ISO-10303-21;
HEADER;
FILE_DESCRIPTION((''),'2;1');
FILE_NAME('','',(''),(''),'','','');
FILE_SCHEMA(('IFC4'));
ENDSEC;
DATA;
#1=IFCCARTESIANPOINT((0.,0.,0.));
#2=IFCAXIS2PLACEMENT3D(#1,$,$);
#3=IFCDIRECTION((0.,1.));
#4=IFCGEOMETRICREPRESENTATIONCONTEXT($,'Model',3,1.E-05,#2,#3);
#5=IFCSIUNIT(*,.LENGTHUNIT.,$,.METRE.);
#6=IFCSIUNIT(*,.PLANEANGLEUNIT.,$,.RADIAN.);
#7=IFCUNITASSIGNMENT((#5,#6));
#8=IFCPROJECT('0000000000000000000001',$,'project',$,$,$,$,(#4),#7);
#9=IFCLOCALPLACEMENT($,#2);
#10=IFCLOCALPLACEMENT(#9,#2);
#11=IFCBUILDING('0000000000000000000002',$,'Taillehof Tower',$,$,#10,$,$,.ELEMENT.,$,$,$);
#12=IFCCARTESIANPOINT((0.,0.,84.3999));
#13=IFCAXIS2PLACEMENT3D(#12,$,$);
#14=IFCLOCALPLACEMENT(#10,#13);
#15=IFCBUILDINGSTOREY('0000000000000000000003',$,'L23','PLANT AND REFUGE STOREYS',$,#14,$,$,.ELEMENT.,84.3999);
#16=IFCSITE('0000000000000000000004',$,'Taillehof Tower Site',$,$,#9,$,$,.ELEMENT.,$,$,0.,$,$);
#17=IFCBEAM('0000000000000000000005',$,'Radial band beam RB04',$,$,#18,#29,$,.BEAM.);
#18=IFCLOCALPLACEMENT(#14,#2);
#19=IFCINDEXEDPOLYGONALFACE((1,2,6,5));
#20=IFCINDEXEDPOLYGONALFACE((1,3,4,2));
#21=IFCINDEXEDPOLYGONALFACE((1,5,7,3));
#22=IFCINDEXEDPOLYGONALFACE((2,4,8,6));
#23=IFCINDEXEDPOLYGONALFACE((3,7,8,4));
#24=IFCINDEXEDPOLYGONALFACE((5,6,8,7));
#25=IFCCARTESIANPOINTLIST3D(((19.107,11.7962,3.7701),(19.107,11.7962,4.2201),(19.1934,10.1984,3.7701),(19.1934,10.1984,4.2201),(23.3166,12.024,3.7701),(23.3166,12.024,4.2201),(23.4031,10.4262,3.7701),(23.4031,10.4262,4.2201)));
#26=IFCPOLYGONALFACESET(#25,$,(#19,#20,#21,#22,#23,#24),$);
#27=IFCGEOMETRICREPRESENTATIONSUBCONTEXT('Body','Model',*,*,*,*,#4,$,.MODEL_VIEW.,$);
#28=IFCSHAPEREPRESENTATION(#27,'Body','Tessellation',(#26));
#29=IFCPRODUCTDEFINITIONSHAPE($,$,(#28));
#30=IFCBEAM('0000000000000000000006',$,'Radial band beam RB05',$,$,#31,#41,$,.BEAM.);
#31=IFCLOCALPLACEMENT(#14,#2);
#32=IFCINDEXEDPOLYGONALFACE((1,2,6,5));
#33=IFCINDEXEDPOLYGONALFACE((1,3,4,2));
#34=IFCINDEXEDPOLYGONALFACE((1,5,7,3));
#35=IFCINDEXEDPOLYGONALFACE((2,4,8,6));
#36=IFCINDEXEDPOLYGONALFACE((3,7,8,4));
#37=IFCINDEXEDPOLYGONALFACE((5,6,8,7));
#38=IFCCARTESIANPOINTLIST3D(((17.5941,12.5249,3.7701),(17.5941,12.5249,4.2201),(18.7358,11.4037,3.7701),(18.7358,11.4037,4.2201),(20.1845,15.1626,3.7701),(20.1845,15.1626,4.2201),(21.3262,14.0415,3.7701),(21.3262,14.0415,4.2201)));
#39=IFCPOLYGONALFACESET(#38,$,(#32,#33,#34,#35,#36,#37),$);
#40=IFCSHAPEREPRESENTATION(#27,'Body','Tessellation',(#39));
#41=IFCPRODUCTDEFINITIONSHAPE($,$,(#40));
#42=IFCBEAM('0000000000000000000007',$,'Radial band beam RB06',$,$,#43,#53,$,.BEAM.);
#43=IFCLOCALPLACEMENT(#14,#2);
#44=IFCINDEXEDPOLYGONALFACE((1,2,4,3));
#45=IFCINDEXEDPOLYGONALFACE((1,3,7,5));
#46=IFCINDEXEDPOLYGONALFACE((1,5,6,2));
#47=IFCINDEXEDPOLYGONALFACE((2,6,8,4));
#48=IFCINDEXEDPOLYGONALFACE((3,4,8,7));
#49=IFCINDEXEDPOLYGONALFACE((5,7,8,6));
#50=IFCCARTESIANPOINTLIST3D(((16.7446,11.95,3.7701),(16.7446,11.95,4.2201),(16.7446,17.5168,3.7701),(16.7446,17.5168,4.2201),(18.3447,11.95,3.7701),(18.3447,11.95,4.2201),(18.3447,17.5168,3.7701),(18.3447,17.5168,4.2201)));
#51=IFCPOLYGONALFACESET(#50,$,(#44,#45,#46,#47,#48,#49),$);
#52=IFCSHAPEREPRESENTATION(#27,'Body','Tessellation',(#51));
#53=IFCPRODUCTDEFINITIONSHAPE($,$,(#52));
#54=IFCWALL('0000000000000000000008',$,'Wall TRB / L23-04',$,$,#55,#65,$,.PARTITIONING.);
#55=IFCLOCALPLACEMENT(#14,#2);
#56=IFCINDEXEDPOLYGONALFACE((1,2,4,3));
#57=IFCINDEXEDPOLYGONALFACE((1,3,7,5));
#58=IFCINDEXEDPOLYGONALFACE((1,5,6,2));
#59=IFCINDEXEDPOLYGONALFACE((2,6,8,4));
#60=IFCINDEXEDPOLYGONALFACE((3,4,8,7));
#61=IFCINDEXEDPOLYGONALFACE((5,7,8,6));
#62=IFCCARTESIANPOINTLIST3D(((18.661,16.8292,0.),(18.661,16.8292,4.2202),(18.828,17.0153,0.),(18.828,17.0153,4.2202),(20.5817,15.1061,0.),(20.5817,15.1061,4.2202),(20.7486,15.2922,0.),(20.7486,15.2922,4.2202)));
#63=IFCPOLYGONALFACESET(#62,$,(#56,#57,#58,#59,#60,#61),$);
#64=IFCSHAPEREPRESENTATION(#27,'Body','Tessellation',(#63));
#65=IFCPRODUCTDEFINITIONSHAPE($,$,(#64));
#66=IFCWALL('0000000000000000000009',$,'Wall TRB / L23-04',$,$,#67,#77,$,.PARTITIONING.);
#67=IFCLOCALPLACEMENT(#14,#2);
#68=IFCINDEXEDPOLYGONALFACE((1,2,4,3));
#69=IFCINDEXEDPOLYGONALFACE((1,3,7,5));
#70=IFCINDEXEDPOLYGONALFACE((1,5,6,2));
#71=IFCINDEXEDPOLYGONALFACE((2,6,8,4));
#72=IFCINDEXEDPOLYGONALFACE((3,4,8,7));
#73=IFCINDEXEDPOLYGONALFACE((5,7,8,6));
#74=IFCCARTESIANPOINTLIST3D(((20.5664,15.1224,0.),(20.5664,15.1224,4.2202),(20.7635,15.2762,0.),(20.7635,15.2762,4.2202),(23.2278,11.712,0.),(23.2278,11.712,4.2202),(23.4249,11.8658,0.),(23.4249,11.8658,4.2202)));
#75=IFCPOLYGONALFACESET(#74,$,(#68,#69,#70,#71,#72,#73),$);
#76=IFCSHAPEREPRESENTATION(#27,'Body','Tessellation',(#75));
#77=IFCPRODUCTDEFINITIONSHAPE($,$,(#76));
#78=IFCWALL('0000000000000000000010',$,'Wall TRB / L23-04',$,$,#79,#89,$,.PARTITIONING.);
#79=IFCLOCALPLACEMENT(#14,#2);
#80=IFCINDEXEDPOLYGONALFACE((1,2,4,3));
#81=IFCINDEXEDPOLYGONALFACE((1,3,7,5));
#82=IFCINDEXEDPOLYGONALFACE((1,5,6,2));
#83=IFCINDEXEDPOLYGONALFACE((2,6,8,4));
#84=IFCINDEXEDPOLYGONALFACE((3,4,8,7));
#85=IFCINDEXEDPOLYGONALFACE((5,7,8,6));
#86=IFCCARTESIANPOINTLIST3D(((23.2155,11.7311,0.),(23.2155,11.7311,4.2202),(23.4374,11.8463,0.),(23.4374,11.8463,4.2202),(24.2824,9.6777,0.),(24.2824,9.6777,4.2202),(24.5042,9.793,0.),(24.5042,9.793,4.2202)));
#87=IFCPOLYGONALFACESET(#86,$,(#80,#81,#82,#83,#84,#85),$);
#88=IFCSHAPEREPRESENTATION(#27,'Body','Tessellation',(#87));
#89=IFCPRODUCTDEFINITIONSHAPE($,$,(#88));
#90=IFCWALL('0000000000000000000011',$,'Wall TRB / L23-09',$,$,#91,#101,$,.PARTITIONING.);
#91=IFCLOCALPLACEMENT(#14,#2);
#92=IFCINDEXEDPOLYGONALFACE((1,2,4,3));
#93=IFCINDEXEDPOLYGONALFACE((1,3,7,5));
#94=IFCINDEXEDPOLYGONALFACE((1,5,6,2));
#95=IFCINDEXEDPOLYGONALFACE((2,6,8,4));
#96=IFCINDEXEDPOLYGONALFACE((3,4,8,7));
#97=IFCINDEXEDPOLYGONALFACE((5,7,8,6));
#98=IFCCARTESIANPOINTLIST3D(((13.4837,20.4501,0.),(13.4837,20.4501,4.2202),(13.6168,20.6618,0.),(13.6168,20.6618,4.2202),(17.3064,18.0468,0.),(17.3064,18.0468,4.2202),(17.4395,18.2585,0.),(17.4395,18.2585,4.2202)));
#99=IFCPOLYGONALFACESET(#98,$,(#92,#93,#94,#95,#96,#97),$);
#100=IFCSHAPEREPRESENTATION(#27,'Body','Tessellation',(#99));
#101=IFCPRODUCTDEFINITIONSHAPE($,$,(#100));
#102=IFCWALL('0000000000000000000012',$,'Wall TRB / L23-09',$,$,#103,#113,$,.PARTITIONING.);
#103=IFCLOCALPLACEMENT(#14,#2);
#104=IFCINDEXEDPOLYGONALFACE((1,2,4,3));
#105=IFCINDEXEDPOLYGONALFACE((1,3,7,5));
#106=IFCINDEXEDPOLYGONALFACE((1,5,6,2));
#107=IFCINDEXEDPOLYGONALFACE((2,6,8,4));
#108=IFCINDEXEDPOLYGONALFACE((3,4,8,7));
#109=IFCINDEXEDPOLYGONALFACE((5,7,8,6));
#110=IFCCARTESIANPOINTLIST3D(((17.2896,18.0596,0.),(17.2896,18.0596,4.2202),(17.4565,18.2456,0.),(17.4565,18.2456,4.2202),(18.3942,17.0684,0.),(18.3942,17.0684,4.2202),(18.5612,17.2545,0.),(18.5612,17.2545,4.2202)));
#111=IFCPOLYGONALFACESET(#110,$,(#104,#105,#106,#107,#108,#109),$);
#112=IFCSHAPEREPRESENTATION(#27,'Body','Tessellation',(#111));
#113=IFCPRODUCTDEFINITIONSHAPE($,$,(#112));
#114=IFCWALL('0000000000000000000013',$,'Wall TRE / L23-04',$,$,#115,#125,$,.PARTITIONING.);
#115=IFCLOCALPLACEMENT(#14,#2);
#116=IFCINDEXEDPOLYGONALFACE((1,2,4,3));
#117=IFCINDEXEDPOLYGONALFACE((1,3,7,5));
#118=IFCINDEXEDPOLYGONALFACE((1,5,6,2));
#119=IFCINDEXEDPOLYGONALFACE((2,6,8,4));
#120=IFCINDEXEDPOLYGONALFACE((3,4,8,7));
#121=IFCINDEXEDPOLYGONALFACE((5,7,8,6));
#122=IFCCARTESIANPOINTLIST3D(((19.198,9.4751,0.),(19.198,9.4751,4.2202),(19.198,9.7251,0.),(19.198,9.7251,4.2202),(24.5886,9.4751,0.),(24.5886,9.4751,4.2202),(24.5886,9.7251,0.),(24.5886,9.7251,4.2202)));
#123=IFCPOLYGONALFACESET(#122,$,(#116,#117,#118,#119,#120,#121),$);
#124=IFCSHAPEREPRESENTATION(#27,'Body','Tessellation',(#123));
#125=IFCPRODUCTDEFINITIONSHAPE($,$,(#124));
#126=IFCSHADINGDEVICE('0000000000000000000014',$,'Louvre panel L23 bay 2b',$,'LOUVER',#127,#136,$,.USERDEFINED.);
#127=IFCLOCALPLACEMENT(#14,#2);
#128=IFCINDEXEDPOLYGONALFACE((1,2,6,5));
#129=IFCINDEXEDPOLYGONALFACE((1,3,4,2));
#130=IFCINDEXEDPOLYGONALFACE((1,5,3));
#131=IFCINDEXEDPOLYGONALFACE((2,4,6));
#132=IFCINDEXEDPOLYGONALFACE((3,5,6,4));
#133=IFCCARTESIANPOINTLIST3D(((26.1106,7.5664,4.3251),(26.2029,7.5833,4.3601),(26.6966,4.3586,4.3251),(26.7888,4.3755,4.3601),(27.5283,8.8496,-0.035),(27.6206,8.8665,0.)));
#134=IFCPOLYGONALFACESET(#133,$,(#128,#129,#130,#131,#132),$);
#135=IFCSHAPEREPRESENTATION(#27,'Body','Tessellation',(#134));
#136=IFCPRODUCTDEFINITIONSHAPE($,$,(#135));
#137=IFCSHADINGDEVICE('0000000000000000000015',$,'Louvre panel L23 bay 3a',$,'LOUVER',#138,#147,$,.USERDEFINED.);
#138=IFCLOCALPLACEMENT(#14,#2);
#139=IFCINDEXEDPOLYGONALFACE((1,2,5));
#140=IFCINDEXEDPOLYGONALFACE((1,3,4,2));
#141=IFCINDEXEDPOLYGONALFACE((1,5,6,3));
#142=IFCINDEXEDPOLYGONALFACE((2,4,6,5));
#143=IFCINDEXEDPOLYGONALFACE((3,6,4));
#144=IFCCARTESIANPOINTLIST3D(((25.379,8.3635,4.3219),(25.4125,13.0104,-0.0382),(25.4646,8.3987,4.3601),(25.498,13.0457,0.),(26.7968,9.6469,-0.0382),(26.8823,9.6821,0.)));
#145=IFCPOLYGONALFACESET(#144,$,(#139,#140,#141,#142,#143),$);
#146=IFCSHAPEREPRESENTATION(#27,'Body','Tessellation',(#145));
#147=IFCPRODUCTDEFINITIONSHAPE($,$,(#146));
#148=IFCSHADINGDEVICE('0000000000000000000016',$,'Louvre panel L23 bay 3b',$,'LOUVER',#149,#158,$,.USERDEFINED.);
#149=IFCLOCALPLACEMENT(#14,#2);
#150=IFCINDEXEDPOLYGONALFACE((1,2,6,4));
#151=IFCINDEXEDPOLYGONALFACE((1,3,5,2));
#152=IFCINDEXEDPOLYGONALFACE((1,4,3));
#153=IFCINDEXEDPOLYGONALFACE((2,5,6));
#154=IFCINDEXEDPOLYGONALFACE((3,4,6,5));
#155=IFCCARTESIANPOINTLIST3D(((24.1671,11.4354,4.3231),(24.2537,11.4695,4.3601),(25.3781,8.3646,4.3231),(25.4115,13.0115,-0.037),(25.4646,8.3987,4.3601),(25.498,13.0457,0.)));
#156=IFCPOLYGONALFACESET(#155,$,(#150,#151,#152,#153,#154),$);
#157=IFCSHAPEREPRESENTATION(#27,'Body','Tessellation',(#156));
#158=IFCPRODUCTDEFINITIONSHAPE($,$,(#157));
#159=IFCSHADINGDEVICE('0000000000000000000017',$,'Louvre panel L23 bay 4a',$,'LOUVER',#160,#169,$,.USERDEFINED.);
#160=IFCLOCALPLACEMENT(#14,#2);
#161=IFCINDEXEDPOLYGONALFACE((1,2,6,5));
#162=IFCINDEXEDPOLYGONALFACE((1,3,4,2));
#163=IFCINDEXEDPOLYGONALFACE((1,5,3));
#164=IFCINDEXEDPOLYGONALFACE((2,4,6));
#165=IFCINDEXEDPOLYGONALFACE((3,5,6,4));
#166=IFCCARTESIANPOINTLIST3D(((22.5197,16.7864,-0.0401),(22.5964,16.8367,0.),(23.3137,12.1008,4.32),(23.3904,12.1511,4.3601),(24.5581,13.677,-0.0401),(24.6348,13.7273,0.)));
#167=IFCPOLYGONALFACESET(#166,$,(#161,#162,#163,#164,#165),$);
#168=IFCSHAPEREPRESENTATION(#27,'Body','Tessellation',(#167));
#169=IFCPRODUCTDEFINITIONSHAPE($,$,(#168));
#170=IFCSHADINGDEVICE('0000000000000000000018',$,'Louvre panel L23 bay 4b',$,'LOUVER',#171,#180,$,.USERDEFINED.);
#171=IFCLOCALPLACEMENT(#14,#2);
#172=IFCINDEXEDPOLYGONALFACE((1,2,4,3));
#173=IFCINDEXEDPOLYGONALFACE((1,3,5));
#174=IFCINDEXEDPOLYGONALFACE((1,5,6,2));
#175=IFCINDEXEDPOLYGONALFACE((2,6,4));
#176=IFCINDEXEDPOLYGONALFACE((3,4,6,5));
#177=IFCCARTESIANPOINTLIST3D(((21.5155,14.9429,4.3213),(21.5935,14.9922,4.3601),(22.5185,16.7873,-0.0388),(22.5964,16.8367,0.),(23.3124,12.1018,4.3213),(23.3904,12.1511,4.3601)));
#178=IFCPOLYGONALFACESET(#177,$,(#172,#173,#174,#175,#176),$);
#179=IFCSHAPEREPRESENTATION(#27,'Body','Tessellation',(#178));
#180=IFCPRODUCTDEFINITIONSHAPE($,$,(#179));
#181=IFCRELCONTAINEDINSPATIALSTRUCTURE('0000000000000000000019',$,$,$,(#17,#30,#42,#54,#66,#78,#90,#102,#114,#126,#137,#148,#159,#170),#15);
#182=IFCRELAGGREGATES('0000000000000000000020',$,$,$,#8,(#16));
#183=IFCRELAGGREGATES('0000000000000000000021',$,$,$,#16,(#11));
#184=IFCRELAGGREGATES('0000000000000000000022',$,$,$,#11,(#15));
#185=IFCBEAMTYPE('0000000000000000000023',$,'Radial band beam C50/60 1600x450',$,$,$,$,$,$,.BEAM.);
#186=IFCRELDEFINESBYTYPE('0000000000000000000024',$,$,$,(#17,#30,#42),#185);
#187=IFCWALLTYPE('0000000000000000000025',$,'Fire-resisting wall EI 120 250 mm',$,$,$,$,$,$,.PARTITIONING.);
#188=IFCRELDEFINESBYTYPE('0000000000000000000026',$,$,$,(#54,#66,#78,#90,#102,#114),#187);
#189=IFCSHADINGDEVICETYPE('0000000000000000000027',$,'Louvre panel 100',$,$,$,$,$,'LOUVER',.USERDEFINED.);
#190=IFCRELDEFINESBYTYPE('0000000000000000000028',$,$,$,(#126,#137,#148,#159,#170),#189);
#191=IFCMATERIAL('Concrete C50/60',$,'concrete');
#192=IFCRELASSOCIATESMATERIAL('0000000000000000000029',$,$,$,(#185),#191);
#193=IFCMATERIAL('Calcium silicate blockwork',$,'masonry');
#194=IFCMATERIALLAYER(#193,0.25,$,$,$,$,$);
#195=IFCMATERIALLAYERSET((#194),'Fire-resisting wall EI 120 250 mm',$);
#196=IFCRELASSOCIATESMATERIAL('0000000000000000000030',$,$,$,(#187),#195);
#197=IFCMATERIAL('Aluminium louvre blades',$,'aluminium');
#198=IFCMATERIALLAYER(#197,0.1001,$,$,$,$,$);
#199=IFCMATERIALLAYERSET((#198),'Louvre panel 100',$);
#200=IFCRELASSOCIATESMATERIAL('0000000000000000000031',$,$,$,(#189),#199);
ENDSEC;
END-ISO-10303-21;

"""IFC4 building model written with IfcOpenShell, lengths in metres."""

from ifc_helpers import new_model, si_unit, direction, frame, frame_2d, origin, origin_2d, place, context, subcontext, project, spatial, polyline, rectangle, outline, extrude, material, layer, layer_set, material_profile, profile_set, type_object, element, save


model = new_model("IFC4")

# Units and contexts
model_context = context("Model", 3, precision=1e-05, world=origin(), true_north=direction((0.0, 1.0)))
body_context = subcontext(model_context, "Body", "Model", "MODEL_VIEW")
ifc_project = project(units=[si_unit("LENGTHUNIT", "METRE"), si_unit("PLANEANGLEUNIT", "RADIAN")], contexts=[model_context])

# Site, building, storey
site_placement = place(None, origin())
site = spatial("IfcSite", under=ifc_project, at=site_placement, Name="Taillehof Tower Site", CompositionType="ELEMENT", RefElevation=0.0)
building_placement = place(site_placement, origin())
building = spatial("IfcBuilding", under=site, at=building_placement, Name="Taillehof Tower", CompositionType="ELEMENT")
storey_placement = place(building_placement, frame((0.0, 0.0, 84.3999)))
storey = spatial("IfcBuildingStorey", under=building, at=storey_placement, Name="L23", Description="PLANT AND REFUGE STOREYS", CompositionType="ELEMENT", Elevation=84.3999)

# Beams
ifc_material_1 = material(Name="Concrete C50/60", Category="concrete")
ifc_material_profile_1 = material_profile(ifc_material_1, rectangle(XDim=1.6001, YDim=0.45, at=origin_2d()), Name="RC 1600x450")
ifc_profile_set_1 = profile_set([ifc_material_profile_1], Name="Concrete C50/60")
beam_type = type_object("IfcBeamType", Name="Radial band beam C50/60 1600x450", PredefinedType="BEAM", material=ifc_profile_set_1)
beam_1_placement = place(storey_placement, frame((23.3599, 11.2251, 3.9951), z_axis=(-0.998539, -0.05403, 0.0), x_axis=(0.05403, -0.998539, 0.0)))
element("IfcBeam", 1, at=beam_1_placement, inside=storey, type_object=beam_type, Name="Radial band beam RB04", PredefinedType="BEAM", context=body_context, shape_type="SweptSolid", body=[
    extrude(rectangle(XDim=1.6001, YDim=0.45, at=origin_2d()), origin(), (0.0, 0.0, 1.0), 4.2158),
])
beam_2_placement = place(storey_placement, frame((20.7554, 14.6021, 3.9951), z_axis=(-0.700672, -0.713484, 0.0), x_axis=(0.713484, -0.700672, 0.0)))
element("IfcBeam", 2, at=beam_2_placement, inside=storey, type_object=beam_type, Name="Radial band beam RB05", PredefinedType="BEAM", context=body_context, shape_type="SweptSolid", body=[
    extrude(rectangle(XDim=1.6001, YDim=0.45, at=origin_2d()), origin(), (0.0, 0.0, 1.0), 3.697),
])
beam_3_placement = place(storey_placement, frame((17.5447, 17.5168, 3.9951), z_axis=(0.0, -1.0, 0.0), x_axis=(1.0, 0.0, 0.0)))
element("IfcBeam", 3, at=beam_3_placement, inside=storey, type_object=beam_type, Name="Radial band beam RB06", PredefinedType="BEAM", context=body_context, shape_type="SweptSolid", body=[
    extrude(rectangle(XDim=1.6001, YDim=0.45, at=origin_2d()), origin(), (0.0, 0.0, 1.0), 5.5669),
])

# Walls
ifc_material_2 = material(Name="Calcium silicate blockwork", Category="masonry")
ifc_layer_1 = layer(ifc_material_2, 0.25)
ifc_layer_set_1 = layer_set([ifc_layer_1], Name="Fire-resisting wall EI 120 250 mm")
wall_type = type_object("IfcWallType", Name="Fire-resisting wall EI 120 250 mm", PredefinedType="PARTITIONING", material=ifc_layer_set_1)
wall_1_placement = place(storey_placement, frame((20.665, 15.1992, 0.0), z_axis=(0.0, 0.0, 1.0), x_axis=(-0.744342, 0.667798, 0.0)))
element("IfcWall", 4, at=wall_1_placement, inside=storey, type_object=wall_type, Name="Wall TRB / L23-04", PredefinedType="PARTITIONING", context=body_context, shape_type="SweptSolid", body=[
    extrude(rectangle(XDim=2.5803, YDim=0.25, at=frame_2d((1.29, 0.0))), origin(), (0.0, 0.0, 1.0), 4.2202),
])
wall_2_placement = place(storey_placement, frame((23.3264, 11.7888, 0.0), z_axis=(0.0, 0.0, 1.0), x_axis=(-0.615214, 0.788361, 0.0)))
element("IfcWall", 5, at=wall_2_placement, inside=storey, type_object=wall_type, Name="Wall TRB / L23-04", PredefinedType="PARTITIONING", context=body_context, shape_type="SweptSolid", body=[
    extrude(rectangle(XDim=4.3259, YDim=0.25, at=frame_2d((2.1631, 0.0))), origin(), (0.0, 0.0, 1.0), 4.2202),
])
wall_3_placement = place(storey_placement, frame((24.3933, 9.7354, 0.0), z_axis=(0.0, 0.0, 1.0), x_axis=(-0.461044, 0.887377, 0.0)))
element("IfcWall", 6, at=wall_3_placement, inside=storey, type_object=wall_type, Name="Wall TRB / L23-04", PredefinedType="PARTITIONING", context=body_context, shape_type="SweptSolid", body=[
    extrude(rectangle(XDim=2.314, YDim=0.25, at=frame_2d((1.157, 0.0))), origin(), (0.0, 0.0, 1.0), 4.2202),
])
wall_4_placement = place(storey_placement, frame((17.373, 18.1526, 0.0), z_axis=(0.0, 0.0, 1.0), x_axis=(-0.846592, 0.532242, 0.0)))
element("IfcWall", 7, at=wall_4_placement, inside=storey, type_object=wall_type, Name="Wall TRB / L23-09", PredefinedType="PARTITIONING", context=body_context, shape_type="SweptSolid", body=[
    extrude(rectangle(XDim=4.5154, YDim=0.25, at=frame_2d((2.2578, 0.0))), origin(), (0.0, 0.0, 1.0), 4.2202),
])
wall_5_placement = place(storey_placement, frame((18.4778, 17.1614, 0.0), z_axis=(0.0, 0.0, 1.0), x_axis=(-0.744316, 0.667828, 0.0)))
element("IfcWall", 8, at=wall_5_placement, inside=storey, type_object=wall_type, Name="Wall TRB / L23-09", PredefinedType="PARTITIONING", context=body_context, shape_type="SweptSolid", body=[
    extrude(rectangle(XDim=1.4841, YDim=0.25, at=frame_2d((0.7422, 0.0))), origin(), (0.0, 0.0, 1.0), 4.2202),
])
wall_6_placement = place(storey_placement, frame((19.198, 9.6001, 0.0), z_axis=(0.0, 0.0, 1.0), x_axis=(1.0, 0.0, 0.0)))
element("IfcWall", 9, at=wall_6_placement, inside=storey, type_object=wall_type, Name="Wall TRE / L23-04", PredefinedType="PARTITIONING", context=body_context, shape_type="SweptSolid", body=[
    extrude(rectangle(XDim=5.3906, YDim=0.25, at=frame_2d((2.6953, 0.0))), origin(), (0.0, 0.0, 1.0), 4.2202),
])

# Shading devices
ifc_material_3 = material(Name="Aluminium louvre blades", Category="aluminium")
ifc_layer_2 = layer(ifc_material_3, 0.1001)
ifc_layer_set_2 = layer_set([ifc_layer_2], Name="Louvre panel 100")
shading_device_type = type_object("IfcShadingDeviceType", Name="Louvre panel 100", ElementType="LOUVER", PredefinedType="USERDEFINED", material=ifc_layer_set_2)
shading_device_1_placement = place(storey_placement, frame((27.6206, 8.8665, 0.0), z_axis=(0.921769, 0.168372, 0.349274), x_axis=(-0.297779, -0.269524, 0.915797)))
element("IfcShadingDevice", 10, at=shading_device_1_placement, inside=storey, type_object=shading_device_type, Name="Louvre panel L23 bay 2b", ObjectType="LOUVER", PredefinedType="USERDEFINED", context=body_context, shape_type="SweptSolid", body=[
    extrude(outline(polyline([(0.0, 0.0), (4.761, 0.0), (5.4511, 3.187), (0.0, 0.0)])), origin(), (0.0, 0.0, -1.0), 0.1001),
])
shading_device_2_placement = place(storey_placement, frame((26.8823, 9.6821, 0.0), z_axis=(0.854805, 0.3518, 0.381503), x_axis=(-0.380584, 0.924746, 0.0)))
element("IfcShadingDevice", 11, at=shading_device_2_placement, inside=storey, type_object=shading_device_type, Name="Louvre panel L23 bay 3a", ObjectType="LOUVER", PredefinedType="USERDEFINED", context=body_context, shape_type="SweptSolid", body=[
    extrude(outline(polyline([(0.0, 0.0), (3.6372, 0.0), (-0.6473, 4.7169), (0.0, 0.0)])), origin(), (0.0, 0.0, -1.0), 0.1001),
])
shading_device_3_placement = place(storey_placement, frame((25.498, 13.0457, 0.0), z_axis=(0.864304, 0.340829, 0.369884), x_axis=(-0.259228, -0.328345, 0.90829)))
element("IfcShadingDevice", 12, at=shading_device_3_placement, inside=storey, type_object=shading_device_type, Name="Louvre panel L23 bay 3b", ObjectType="LOUVER", PredefinedType="USERDEFINED", context=body_context, shape_type="SweptSolid", body=[
    extrude(outline(polyline([(0.0, 0.0), (4.8003, 0.0), (5.4947, 3.2271), (0.0, 0.0)])), origin(), (0.0, 0.0, -1.0), 0.1001),
])
shading_device_4_placement = place(storey_placement, frame((24.6348, 13.7273, 0.0), z_axis=(0.766375, 0.502392, 0.400339), x_axis=(-0.548243, 0.836319, 0.0)))
element("IfcShadingDevice", 13, at=shading_device_4_placement, inside=storey, type_object=shading_device_type, Name="Louvre panel L23 bay 4a", ObjectType="LOUVER", PredefinedType="USERDEFINED", context=body_context, shape_type="SweptSolid", body=[
    extrude(outline(polyline([(0.0, 0.0), (3.7179, 0.0), (-0.636, 4.758), (0.0, 0.0)])), origin(), (0.0, 0.0, -1.0), 0.1001),
])
shading_device_5_placement = place(storey_placement, frame((22.5964, 16.8367, 0.0), z_axis=(0.779066, 0.492732, 0.387648), x_axis=(-0.207248, -0.381149, 0.900985)))
element("IfcShadingDevice", 14, at=shading_device_5_placement, inside=storey, type_object=shading_device_type, Name="Louvre panel L23 bay 4b", ObjectType="LOUVER", PredefinedType="USERDEFINED", context=body_context, shape_type="SweptSolid", body=[
    extrude(outline(polyline([(0.0, 0.0), (4.8393, 0.0), (5.5497, 3.2857), (0.0, 0.0)])), origin(), (0.0, 0.0, -1.0), 0.1001),
])

save(model, "model.ifc")
